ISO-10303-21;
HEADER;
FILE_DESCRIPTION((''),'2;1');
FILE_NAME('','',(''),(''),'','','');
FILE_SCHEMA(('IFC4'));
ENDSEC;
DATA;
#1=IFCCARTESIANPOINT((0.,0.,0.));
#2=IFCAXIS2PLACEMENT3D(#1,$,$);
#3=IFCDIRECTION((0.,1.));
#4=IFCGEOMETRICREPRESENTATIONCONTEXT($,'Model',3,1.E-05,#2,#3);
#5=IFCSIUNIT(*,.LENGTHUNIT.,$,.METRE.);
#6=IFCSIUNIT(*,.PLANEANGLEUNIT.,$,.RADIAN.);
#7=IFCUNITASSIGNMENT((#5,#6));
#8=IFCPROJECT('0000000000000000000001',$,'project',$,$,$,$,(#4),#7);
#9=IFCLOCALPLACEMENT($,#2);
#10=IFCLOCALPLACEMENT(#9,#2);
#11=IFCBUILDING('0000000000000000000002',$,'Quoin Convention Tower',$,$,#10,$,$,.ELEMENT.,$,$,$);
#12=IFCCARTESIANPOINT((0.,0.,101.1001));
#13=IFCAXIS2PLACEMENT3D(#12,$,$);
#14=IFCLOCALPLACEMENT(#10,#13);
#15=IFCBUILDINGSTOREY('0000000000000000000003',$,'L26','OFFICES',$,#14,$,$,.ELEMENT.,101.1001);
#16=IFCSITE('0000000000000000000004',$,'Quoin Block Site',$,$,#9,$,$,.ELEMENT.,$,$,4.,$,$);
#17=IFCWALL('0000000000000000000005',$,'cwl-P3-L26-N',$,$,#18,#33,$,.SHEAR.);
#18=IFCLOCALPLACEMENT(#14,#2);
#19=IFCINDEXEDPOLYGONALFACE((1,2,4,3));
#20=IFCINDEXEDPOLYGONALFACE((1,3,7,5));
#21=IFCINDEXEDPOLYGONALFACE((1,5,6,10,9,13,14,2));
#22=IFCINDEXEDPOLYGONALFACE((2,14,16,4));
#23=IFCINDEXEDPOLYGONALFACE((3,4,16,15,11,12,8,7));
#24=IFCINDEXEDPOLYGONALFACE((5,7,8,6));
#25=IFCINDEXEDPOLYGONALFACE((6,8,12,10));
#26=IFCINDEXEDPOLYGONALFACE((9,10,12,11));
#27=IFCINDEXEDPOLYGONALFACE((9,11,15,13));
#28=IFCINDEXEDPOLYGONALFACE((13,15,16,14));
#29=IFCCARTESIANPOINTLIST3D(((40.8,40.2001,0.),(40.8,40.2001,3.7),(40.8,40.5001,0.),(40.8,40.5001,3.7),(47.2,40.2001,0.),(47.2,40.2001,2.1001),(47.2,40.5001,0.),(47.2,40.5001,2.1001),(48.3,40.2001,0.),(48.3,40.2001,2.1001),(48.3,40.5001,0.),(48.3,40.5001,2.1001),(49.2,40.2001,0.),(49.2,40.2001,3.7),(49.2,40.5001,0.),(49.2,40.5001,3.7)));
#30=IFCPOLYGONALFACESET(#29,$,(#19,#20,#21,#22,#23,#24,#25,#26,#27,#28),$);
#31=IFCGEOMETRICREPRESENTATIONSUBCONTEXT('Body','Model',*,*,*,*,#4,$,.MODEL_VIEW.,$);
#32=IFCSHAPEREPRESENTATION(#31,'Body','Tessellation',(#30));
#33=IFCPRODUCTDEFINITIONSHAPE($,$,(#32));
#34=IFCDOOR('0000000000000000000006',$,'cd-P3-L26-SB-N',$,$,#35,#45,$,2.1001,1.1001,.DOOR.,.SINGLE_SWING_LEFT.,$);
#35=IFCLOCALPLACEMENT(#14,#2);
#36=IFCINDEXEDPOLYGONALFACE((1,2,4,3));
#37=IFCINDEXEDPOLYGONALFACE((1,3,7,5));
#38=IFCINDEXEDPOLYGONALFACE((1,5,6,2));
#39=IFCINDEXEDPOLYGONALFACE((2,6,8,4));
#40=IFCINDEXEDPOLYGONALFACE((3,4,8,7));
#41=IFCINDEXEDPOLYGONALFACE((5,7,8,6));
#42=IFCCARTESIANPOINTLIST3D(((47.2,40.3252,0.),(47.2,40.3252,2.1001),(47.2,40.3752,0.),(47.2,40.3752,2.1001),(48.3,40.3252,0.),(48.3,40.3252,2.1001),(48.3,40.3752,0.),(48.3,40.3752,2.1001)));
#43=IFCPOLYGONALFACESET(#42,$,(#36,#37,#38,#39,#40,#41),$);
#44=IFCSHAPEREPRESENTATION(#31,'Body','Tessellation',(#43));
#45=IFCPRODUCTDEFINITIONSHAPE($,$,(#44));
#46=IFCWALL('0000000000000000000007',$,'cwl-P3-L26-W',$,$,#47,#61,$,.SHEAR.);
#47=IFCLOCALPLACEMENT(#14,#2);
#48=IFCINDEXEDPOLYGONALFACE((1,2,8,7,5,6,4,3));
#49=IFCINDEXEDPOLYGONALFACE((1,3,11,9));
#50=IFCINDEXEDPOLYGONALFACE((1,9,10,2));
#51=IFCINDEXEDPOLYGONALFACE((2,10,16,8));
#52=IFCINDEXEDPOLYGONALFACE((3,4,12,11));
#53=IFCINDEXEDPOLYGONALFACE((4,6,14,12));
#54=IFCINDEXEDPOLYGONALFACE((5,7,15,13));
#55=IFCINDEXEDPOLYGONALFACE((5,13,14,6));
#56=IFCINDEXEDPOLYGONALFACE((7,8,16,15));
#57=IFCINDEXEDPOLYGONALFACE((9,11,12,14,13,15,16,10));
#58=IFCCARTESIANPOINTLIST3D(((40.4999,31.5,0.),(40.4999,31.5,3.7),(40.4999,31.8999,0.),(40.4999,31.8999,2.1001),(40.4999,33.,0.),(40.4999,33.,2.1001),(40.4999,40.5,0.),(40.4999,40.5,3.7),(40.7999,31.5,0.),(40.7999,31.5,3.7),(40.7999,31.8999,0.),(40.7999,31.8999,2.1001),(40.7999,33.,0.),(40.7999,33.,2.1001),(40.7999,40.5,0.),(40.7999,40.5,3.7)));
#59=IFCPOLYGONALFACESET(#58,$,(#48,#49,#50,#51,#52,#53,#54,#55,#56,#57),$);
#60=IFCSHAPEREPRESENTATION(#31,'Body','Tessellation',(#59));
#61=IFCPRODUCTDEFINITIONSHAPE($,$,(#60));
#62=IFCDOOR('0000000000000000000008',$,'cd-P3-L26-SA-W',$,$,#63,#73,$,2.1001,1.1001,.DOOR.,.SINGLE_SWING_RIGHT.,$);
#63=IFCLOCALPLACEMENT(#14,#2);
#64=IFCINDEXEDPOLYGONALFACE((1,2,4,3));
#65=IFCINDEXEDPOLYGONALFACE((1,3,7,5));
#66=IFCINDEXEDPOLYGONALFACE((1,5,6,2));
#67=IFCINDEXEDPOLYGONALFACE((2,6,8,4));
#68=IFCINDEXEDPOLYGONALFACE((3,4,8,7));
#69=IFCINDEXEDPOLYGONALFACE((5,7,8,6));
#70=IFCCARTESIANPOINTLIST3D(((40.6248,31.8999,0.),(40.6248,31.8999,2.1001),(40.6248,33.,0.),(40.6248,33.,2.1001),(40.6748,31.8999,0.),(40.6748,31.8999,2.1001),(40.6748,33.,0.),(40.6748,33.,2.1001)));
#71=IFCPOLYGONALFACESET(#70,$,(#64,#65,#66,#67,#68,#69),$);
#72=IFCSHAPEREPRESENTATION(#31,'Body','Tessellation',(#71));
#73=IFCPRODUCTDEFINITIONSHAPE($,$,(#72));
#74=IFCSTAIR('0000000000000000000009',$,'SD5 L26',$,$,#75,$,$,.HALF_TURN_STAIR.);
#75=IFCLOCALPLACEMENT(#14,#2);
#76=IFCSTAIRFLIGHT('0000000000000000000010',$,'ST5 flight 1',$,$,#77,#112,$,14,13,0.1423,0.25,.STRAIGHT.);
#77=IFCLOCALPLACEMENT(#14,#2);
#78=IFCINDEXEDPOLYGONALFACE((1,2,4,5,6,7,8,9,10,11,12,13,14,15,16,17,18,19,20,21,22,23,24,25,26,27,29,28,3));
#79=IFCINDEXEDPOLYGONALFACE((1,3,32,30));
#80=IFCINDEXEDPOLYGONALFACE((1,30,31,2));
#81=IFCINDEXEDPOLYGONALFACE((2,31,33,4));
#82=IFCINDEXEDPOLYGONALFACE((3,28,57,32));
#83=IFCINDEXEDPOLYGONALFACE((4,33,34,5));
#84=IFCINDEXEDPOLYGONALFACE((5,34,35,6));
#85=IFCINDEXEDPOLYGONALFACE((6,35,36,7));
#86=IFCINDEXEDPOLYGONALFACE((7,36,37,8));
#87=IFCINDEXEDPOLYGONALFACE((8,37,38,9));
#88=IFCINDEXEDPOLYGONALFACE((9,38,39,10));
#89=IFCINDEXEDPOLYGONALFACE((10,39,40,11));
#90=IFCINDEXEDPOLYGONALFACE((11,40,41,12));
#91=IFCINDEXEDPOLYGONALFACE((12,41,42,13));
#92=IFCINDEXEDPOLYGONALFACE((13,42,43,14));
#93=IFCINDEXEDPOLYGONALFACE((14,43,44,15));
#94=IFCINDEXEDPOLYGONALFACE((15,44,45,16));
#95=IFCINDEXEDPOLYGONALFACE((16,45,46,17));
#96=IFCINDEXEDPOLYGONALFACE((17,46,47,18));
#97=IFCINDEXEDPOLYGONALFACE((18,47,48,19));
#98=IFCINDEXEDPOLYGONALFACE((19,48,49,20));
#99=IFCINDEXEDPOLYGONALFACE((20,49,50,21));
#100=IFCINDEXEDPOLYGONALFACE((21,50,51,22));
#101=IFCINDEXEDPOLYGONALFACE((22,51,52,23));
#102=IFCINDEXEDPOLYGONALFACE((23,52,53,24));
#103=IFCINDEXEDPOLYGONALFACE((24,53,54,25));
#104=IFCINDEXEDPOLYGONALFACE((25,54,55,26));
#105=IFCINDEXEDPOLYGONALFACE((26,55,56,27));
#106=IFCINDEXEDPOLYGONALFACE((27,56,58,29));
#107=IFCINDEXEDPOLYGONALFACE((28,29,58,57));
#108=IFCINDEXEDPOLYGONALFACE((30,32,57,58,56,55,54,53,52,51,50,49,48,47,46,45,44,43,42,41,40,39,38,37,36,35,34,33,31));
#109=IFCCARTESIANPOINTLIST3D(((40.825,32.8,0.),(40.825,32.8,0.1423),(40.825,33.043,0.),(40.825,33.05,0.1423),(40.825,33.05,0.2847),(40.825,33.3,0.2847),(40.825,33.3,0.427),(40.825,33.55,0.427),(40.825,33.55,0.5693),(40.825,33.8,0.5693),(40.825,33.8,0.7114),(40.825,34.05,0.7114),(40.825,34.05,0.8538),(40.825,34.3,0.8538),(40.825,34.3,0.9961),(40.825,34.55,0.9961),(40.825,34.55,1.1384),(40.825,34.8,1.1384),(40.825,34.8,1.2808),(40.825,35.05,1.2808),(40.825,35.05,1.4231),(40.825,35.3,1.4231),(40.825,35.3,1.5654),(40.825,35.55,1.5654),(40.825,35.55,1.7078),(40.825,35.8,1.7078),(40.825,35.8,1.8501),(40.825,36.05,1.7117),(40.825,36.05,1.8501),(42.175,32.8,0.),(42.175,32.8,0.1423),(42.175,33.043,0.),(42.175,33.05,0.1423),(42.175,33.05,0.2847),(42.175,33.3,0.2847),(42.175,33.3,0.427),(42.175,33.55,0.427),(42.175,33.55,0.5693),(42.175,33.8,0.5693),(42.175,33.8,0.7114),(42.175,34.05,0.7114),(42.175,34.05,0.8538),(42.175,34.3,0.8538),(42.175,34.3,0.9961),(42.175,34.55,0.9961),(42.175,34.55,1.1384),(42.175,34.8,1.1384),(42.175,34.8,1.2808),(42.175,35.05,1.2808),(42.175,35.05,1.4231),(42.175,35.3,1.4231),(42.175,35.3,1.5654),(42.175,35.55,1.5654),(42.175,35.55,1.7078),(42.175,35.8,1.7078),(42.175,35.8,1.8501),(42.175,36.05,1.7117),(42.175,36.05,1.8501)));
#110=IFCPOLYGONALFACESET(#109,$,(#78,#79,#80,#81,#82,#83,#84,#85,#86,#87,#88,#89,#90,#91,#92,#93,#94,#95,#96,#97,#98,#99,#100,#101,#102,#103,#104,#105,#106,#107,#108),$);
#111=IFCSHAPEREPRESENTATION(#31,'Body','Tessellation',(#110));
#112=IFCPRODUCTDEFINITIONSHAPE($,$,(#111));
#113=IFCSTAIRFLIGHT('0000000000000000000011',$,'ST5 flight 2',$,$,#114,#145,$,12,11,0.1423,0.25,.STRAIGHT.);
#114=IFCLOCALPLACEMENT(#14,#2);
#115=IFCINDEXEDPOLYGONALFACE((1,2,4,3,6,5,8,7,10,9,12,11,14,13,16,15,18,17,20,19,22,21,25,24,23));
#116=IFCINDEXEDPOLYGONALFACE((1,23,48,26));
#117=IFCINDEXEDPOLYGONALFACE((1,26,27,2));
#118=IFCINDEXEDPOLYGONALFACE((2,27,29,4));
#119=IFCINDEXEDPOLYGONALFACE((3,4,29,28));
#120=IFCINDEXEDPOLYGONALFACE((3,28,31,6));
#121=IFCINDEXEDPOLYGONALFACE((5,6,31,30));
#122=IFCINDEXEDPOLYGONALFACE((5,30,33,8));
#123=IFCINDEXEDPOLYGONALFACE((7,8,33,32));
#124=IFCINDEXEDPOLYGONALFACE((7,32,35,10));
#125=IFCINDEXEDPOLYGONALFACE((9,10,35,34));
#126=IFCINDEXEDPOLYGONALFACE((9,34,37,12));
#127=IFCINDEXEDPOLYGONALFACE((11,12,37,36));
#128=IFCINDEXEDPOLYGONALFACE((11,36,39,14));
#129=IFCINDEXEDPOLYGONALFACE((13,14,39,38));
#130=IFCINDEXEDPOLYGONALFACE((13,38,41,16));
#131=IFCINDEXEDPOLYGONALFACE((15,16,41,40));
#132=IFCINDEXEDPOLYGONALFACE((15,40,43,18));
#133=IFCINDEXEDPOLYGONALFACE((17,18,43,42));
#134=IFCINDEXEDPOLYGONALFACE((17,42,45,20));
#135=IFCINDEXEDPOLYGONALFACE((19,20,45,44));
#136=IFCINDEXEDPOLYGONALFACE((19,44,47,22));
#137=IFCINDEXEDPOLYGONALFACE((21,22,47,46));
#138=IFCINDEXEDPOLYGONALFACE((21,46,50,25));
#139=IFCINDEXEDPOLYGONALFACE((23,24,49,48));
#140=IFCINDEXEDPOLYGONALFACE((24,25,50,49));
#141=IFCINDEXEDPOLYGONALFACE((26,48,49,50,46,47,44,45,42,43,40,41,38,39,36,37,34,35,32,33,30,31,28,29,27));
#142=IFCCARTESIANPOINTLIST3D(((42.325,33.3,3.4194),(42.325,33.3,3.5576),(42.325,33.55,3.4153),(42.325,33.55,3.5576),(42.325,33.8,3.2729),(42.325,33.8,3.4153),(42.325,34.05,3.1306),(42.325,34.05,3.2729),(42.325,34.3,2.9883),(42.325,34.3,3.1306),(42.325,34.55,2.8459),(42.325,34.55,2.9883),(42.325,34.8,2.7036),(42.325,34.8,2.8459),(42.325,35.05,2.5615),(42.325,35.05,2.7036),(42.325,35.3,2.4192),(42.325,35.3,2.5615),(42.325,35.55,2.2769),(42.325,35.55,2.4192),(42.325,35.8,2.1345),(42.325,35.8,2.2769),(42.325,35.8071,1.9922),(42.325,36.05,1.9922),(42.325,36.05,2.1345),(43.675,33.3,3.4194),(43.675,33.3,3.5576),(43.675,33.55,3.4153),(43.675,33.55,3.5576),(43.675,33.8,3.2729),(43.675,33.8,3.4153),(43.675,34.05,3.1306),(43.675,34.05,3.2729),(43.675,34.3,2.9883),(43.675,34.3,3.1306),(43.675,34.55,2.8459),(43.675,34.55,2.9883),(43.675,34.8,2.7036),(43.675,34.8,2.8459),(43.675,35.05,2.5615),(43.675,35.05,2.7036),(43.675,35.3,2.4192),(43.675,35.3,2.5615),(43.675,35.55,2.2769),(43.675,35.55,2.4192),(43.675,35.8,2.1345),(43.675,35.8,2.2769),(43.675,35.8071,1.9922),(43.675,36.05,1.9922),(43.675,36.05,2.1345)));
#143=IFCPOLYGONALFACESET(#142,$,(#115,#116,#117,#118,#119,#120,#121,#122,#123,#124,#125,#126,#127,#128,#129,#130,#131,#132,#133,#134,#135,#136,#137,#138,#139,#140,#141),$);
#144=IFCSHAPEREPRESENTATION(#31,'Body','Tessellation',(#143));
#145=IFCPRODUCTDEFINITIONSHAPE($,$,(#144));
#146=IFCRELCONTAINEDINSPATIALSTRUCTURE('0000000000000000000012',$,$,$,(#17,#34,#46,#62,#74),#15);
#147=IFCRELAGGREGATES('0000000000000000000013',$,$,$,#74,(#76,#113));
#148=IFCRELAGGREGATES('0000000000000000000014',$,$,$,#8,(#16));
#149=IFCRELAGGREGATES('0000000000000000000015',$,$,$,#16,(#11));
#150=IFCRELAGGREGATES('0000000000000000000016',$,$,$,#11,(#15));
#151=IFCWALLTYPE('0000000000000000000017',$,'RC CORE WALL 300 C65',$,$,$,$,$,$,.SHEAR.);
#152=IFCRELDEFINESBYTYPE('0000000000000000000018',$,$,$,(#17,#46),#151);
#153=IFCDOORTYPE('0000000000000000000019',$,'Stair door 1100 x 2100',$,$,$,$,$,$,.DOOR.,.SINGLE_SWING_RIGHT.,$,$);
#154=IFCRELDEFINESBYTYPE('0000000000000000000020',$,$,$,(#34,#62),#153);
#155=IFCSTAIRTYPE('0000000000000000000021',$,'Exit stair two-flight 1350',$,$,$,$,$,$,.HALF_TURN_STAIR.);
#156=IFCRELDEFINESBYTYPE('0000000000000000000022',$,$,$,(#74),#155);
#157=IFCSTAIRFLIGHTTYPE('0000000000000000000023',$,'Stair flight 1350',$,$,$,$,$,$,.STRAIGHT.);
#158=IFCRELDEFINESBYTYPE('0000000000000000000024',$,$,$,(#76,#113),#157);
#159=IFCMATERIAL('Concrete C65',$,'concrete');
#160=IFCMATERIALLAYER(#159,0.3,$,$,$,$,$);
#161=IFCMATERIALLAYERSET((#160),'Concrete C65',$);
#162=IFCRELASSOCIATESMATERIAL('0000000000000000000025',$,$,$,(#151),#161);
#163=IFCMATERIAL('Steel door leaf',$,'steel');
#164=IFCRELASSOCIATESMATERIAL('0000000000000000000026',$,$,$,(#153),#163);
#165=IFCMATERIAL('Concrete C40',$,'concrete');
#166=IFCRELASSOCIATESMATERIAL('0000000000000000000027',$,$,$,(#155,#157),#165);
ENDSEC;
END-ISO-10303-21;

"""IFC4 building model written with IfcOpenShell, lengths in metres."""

from ifc_helpers import new_model, si_unit, direction, frame, frame_2d, origin, place, context, subcontext, project, spatial, polyline, rectangle, outline, extrude, material, layer, layer_set, type_object, element, fill, aggregate, save


model = new_model("IFC4")

# Units and contexts
model_context = context("Model", 3, precision=1e-05, world=origin(), true_north=direction((0.0, 1.0)))
body_context = subcontext(model_context, "Body", "Model", "MODEL_VIEW")
ifc_project = project(units=[si_unit("LENGTHUNIT", "METRE"), si_unit("PLANEANGLEUNIT", "RADIAN")], contexts=[model_context])

# Site, building, storey
site_placement = place(None, origin())
site = spatial("IfcSite", under=ifc_project, at=site_placement, Name="Quoin Block Site", CompositionType="ELEMENT", RefElevation=4.0)
building_placement = place(site_placement, origin())
building = spatial("IfcBuilding", under=site, at=building_placement, Name="Quoin Convention Tower", CompositionType="ELEMENT")
storey_placement = place(building_placement, frame((0.0, 0.0, 101.1001)))
storey = spatial("IfcBuildingStorey", under=building, at=storey_placement, Name="L26", Description="OFFICES", CompositionType="ELEMENT", Elevation=101.1001)

# Shared definitions
ifc_material_1 = material(Name="Concrete C65", Category="concrete")

# Shared definitions
ifc_material_2 = material(Name="Steel door leaf", Category="steel")

# Walls, openings, doors
ifc_layer_1 = layer(ifc_material_1, 0.3)
ifc_layer_set_1 = layer_set([ifc_layer_1], Name="Concrete C65")
wall_type_1 = type_object("IfcWallType", Name="RC CORE WALL 300 C65", PredefinedType="SHEAR", material=ifc_layer_set_1)
wall_1_placement = place(storey_placement, frame((40.8, 40.3501, 0.0), z_axis=(0.0, 0.0, 1.0), x_axis=(1.0, 0.0, 0.0)))
wall_1 = element("IfcWall", 1, at=wall_1_placement, inside=storey, type_object=wall_type_1, Name="cwl-P3-L26-N", PredefinedType="SHEAR", context=body_context, shape_type="SweptSolid", body=[
    extrude(rectangle(XDim=8.3999, YDim=0.3, at=frame_2d((4.2, 0.0))), origin(), (0.0, 0.0, 1.0), 3.7),
])
opening_1_placement = place(wall_1_placement, frame((6.3999, 0.0, 0.0)))
opening_1 = element("IfcOpeningElement", 2, at=opening_1_placement, cuts=wall_1, PredefinedType="OPENING", context=body_context, shape_type="SweptSolid", body=[
    extrude(rectangle(XDim=1.1001, YDim=2.1001, at=frame_2d((0.55, 1.05))), frame((0.0, 0.1599, 0.0), z_axis=(0.0, -1.0, 0.0), x_axis=(1.0, 0.0, 0.0)), (0.0, 0.0, 1.0), 0.3201),
])
door_type_1 = type_object("IfcDoorType", Name="Stair door 1100 x 2100", OperationType="SINGLE_SWING_RIGHT", PredefinedType="DOOR", material=ifc_material_2)
door_1_placement = place(opening_1_placement, frame((1.1001, 0.0, 0.0), z_axis=(0.0, 0.0, 1.0), x_axis=(-1.0, 0.0, 0.0)))
door_1 = element("IfcDoor", 3, at=door_1_placement, inside=storey, type_object=door_type_1, Name="cd-P3-L26-SB-N", OperationType="SINGLE_SWING_LEFT", OverallHeight=2.1001, OverallWidth=1.1001, PredefinedType="DOOR", context=body_context, shape_type="SweptSolid", body=[
    extrude(rectangle(XDim=1.1001, YDim=2.1001, at=frame_2d((0.55, 1.05))), frame((0.0, 0.0249, 0.0), z_axis=(0.0, -1.0, 0.0), x_axis=(1.0, 0.0, 0.0)), (0.0, 0.0, 1.0), 0.05),
])
fill(opening_1, door_1)
wall_2_placement = place(storey_placement, frame((40.6499, 31.5, 0.0), z_axis=(0.0, 0.0, 1.0), x_axis=(0.0, 1.0, 0.0)))
wall_2 = element("IfcWall", 4, at=wall_2_placement, inside=storey, type_object=wall_type_1, Name="cwl-P3-L26-W", PredefinedType="SHEAR", context=body_context, shape_type="SweptSolid", body=[
    extrude(rectangle(XDim=9.0, YDim=0.3, at=frame_2d((4.5, 0.0))), origin(), (0.0, 0.0, 1.0), 3.7),
])
opening_2_placement = place(wall_2_placement, frame((0.3999, 0.0, 0.0)))
opening_2 = element("IfcOpeningElement", 5, at=opening_2_placement, cuts=wall_2, PredefinedType="OPENING", context=body_context, shape_type="SweptSolid", body=[
    extrude(rectangle(XDim=1.1001, YDim=2.1001, at=frame_2d((0.55, 1.05))), frame((0.0, 0.1599, 0.0), z_axis=(0.0, -1.0, 0.0), x_axis=(1.0, 0.0, 0.0)), (0.0, 0.0, 1.0), 0.3201),
])
door_2_placement = place(opening_2_placement, frame((1.1001, 0.0, 0.0), z_axis=(0.0, 0.0, 1.0), x_axis=(-1.0, 0.0, 0.0)))
door_2 = element("IfcDoor", 6, at=door_2_placement, inside=storey, type_object=door_type_1, Name="cd-P3-L26-SA-W", OperationType="SINGLE_SWING_RIGHT", OverallHeight=2.1001, OverallWidth=1.1001, PredefinedType="DOOR", context=body_context, shape_type="SweptSolid", body=[
    extrude(rectangle(XDim=1.1001, YDim=2.1001, at=frame_2d((0.55, 1.05))), frame((0.0, 0.0249, 0.0), z_axis=(0.0, -1.0, 0.0), x_axis=(1.0, 0.0, 0.0)), (0.0, 0.0, 1.0), 0.05),
])
fill(opening_2, door_2)

# Stair, stair flights
ifc_material_3 = material(Name="Concrete C40", Category="concrete")
stair_type = type_object("IfcStairType", Name="Exit stair two-flight 1350", PredefinedType="HALF_TURN_STAIR", material=ifc_material_3)
stair_placement = place(storey_placement, origin())
stair = element("IfcStair", 7, at=stair_placement, inside=storey, type_object=stair_type, Name="SD5 L26", PredefinedType="HALF_TURN_STAIR")
stair_flight_type = type_object("IfcStairFlightType", Name="Stair flight 1350", PredefinedType="STRAIGHT", material=ifc_material_3)
stair_flight_1_placement = place(storey_placement, frame((41.5, 32.8, 0.0), z_axis=(0.0, 0.0, 1.0), x_axis=(0.0, 1.0, 0.0)))
stair_flight_1 = element("IfcStairFlight", 8, at=stair_flight_1_placement, type_object=stair_flight_type, Name="ST5 flight 1", NumberOfRisers=14, NumberOfTreads=13, PredefinedType="STRAIGHT", RiserHeight=0.1423, TreadLength=0.25, context=body_context, shape_type="SweptSolid", body=[
    extrude(outline(polyline([(0.0, 0.0), (0.0, 0.1423), (0.25, 0.1423), (0.25, 0.2847), (0.5, 0.2847), (0.5, 0.427), (0.75, 0.427), (0.75, 0.5693), (1.0, 0.5693), (1.0, 0.7114), (1.25, 0.7114), (1.25, 0.8538), (1.5, 0.8538), (1.5, 0.9961), (1.75, 0.9961), (1.75, 1.1384), (2.0, 1.1384), (2.0, 1.2808), (2.25, 1.2808), (2.25, 1.4231), (2.5, 1.4231), (2.5, 1.5654), (2.75, 1.5654), (2.75, 1.7078), (3.0, 1.7078), (3.0, 1.8501), (3.25, 1.8501), (3.25, 1.9922), (3.25, 1.7117), (0.2429, 0.0), (0.0, 0.0)])), frame((0.0, 0.675, 0.0), z_axis=(0.0, -1.0, 0.0), x_axis=(1.0, 0.0, 0.0)), (0.0, 0.0, 1.0), 1.3501),
])
stair_flight_2_placement = place(storey_placement, frame((43.0, 36.05, 1.9922), z_axis=(0.0, 0.0, 1.0), x_axis=(0.0, -1.0, 0.0)))
stair_flight_2 = element("IfcStairFlight", 9, at=stair_flight_2_placement, type_object=stair_flight_type, Name="ST5 flight 2", NumberOfRisers=12, NumberOfTreads=11, PredefinedType="STRAIGHT", RiserHeight=0.1423, TreadLength=0.25, context=body_context, shape_type="SweptSolid", body=[
    extrude(outline(polyline([(0.0, 0.0), (0.0, 0.1423), (0.25, 0.1423), (0.25, 0.2847), (0.5, 0.2847), (0.5, 0.427), (0.75, 0.427), (0.75, 0.5693), (1.0, 0.5693), (1.0, 0.7114), (1.25, 0.7114), (1.25, 0.8538), (1.5, 0.8538), (1.5, 0.9961), (1.75, 0.9961), (1.75, 1.1384), (2.0, 1.1384), (2.0, 1.2808), (2.25, 1.2808), (2.25, 1.4231), (2.5, 1.4231), (2.5, 1.5654), (2.75, 1.5654), (2.75, 1.7078), (2.75, 1.4272), (0.2429, 0.0), (0.0, 0.0)])), frame((0.0, 0.675, 0.0), z_axis=(0.0, -1.0, 0.0), x_axis=(1.0, 0.0, 0.0)), (0.0, 0.0, 1.0), 1.3501),
])
aggregate(stair, [stair_flight_1, stair_flight_2])

save(model, "model.ifc")
